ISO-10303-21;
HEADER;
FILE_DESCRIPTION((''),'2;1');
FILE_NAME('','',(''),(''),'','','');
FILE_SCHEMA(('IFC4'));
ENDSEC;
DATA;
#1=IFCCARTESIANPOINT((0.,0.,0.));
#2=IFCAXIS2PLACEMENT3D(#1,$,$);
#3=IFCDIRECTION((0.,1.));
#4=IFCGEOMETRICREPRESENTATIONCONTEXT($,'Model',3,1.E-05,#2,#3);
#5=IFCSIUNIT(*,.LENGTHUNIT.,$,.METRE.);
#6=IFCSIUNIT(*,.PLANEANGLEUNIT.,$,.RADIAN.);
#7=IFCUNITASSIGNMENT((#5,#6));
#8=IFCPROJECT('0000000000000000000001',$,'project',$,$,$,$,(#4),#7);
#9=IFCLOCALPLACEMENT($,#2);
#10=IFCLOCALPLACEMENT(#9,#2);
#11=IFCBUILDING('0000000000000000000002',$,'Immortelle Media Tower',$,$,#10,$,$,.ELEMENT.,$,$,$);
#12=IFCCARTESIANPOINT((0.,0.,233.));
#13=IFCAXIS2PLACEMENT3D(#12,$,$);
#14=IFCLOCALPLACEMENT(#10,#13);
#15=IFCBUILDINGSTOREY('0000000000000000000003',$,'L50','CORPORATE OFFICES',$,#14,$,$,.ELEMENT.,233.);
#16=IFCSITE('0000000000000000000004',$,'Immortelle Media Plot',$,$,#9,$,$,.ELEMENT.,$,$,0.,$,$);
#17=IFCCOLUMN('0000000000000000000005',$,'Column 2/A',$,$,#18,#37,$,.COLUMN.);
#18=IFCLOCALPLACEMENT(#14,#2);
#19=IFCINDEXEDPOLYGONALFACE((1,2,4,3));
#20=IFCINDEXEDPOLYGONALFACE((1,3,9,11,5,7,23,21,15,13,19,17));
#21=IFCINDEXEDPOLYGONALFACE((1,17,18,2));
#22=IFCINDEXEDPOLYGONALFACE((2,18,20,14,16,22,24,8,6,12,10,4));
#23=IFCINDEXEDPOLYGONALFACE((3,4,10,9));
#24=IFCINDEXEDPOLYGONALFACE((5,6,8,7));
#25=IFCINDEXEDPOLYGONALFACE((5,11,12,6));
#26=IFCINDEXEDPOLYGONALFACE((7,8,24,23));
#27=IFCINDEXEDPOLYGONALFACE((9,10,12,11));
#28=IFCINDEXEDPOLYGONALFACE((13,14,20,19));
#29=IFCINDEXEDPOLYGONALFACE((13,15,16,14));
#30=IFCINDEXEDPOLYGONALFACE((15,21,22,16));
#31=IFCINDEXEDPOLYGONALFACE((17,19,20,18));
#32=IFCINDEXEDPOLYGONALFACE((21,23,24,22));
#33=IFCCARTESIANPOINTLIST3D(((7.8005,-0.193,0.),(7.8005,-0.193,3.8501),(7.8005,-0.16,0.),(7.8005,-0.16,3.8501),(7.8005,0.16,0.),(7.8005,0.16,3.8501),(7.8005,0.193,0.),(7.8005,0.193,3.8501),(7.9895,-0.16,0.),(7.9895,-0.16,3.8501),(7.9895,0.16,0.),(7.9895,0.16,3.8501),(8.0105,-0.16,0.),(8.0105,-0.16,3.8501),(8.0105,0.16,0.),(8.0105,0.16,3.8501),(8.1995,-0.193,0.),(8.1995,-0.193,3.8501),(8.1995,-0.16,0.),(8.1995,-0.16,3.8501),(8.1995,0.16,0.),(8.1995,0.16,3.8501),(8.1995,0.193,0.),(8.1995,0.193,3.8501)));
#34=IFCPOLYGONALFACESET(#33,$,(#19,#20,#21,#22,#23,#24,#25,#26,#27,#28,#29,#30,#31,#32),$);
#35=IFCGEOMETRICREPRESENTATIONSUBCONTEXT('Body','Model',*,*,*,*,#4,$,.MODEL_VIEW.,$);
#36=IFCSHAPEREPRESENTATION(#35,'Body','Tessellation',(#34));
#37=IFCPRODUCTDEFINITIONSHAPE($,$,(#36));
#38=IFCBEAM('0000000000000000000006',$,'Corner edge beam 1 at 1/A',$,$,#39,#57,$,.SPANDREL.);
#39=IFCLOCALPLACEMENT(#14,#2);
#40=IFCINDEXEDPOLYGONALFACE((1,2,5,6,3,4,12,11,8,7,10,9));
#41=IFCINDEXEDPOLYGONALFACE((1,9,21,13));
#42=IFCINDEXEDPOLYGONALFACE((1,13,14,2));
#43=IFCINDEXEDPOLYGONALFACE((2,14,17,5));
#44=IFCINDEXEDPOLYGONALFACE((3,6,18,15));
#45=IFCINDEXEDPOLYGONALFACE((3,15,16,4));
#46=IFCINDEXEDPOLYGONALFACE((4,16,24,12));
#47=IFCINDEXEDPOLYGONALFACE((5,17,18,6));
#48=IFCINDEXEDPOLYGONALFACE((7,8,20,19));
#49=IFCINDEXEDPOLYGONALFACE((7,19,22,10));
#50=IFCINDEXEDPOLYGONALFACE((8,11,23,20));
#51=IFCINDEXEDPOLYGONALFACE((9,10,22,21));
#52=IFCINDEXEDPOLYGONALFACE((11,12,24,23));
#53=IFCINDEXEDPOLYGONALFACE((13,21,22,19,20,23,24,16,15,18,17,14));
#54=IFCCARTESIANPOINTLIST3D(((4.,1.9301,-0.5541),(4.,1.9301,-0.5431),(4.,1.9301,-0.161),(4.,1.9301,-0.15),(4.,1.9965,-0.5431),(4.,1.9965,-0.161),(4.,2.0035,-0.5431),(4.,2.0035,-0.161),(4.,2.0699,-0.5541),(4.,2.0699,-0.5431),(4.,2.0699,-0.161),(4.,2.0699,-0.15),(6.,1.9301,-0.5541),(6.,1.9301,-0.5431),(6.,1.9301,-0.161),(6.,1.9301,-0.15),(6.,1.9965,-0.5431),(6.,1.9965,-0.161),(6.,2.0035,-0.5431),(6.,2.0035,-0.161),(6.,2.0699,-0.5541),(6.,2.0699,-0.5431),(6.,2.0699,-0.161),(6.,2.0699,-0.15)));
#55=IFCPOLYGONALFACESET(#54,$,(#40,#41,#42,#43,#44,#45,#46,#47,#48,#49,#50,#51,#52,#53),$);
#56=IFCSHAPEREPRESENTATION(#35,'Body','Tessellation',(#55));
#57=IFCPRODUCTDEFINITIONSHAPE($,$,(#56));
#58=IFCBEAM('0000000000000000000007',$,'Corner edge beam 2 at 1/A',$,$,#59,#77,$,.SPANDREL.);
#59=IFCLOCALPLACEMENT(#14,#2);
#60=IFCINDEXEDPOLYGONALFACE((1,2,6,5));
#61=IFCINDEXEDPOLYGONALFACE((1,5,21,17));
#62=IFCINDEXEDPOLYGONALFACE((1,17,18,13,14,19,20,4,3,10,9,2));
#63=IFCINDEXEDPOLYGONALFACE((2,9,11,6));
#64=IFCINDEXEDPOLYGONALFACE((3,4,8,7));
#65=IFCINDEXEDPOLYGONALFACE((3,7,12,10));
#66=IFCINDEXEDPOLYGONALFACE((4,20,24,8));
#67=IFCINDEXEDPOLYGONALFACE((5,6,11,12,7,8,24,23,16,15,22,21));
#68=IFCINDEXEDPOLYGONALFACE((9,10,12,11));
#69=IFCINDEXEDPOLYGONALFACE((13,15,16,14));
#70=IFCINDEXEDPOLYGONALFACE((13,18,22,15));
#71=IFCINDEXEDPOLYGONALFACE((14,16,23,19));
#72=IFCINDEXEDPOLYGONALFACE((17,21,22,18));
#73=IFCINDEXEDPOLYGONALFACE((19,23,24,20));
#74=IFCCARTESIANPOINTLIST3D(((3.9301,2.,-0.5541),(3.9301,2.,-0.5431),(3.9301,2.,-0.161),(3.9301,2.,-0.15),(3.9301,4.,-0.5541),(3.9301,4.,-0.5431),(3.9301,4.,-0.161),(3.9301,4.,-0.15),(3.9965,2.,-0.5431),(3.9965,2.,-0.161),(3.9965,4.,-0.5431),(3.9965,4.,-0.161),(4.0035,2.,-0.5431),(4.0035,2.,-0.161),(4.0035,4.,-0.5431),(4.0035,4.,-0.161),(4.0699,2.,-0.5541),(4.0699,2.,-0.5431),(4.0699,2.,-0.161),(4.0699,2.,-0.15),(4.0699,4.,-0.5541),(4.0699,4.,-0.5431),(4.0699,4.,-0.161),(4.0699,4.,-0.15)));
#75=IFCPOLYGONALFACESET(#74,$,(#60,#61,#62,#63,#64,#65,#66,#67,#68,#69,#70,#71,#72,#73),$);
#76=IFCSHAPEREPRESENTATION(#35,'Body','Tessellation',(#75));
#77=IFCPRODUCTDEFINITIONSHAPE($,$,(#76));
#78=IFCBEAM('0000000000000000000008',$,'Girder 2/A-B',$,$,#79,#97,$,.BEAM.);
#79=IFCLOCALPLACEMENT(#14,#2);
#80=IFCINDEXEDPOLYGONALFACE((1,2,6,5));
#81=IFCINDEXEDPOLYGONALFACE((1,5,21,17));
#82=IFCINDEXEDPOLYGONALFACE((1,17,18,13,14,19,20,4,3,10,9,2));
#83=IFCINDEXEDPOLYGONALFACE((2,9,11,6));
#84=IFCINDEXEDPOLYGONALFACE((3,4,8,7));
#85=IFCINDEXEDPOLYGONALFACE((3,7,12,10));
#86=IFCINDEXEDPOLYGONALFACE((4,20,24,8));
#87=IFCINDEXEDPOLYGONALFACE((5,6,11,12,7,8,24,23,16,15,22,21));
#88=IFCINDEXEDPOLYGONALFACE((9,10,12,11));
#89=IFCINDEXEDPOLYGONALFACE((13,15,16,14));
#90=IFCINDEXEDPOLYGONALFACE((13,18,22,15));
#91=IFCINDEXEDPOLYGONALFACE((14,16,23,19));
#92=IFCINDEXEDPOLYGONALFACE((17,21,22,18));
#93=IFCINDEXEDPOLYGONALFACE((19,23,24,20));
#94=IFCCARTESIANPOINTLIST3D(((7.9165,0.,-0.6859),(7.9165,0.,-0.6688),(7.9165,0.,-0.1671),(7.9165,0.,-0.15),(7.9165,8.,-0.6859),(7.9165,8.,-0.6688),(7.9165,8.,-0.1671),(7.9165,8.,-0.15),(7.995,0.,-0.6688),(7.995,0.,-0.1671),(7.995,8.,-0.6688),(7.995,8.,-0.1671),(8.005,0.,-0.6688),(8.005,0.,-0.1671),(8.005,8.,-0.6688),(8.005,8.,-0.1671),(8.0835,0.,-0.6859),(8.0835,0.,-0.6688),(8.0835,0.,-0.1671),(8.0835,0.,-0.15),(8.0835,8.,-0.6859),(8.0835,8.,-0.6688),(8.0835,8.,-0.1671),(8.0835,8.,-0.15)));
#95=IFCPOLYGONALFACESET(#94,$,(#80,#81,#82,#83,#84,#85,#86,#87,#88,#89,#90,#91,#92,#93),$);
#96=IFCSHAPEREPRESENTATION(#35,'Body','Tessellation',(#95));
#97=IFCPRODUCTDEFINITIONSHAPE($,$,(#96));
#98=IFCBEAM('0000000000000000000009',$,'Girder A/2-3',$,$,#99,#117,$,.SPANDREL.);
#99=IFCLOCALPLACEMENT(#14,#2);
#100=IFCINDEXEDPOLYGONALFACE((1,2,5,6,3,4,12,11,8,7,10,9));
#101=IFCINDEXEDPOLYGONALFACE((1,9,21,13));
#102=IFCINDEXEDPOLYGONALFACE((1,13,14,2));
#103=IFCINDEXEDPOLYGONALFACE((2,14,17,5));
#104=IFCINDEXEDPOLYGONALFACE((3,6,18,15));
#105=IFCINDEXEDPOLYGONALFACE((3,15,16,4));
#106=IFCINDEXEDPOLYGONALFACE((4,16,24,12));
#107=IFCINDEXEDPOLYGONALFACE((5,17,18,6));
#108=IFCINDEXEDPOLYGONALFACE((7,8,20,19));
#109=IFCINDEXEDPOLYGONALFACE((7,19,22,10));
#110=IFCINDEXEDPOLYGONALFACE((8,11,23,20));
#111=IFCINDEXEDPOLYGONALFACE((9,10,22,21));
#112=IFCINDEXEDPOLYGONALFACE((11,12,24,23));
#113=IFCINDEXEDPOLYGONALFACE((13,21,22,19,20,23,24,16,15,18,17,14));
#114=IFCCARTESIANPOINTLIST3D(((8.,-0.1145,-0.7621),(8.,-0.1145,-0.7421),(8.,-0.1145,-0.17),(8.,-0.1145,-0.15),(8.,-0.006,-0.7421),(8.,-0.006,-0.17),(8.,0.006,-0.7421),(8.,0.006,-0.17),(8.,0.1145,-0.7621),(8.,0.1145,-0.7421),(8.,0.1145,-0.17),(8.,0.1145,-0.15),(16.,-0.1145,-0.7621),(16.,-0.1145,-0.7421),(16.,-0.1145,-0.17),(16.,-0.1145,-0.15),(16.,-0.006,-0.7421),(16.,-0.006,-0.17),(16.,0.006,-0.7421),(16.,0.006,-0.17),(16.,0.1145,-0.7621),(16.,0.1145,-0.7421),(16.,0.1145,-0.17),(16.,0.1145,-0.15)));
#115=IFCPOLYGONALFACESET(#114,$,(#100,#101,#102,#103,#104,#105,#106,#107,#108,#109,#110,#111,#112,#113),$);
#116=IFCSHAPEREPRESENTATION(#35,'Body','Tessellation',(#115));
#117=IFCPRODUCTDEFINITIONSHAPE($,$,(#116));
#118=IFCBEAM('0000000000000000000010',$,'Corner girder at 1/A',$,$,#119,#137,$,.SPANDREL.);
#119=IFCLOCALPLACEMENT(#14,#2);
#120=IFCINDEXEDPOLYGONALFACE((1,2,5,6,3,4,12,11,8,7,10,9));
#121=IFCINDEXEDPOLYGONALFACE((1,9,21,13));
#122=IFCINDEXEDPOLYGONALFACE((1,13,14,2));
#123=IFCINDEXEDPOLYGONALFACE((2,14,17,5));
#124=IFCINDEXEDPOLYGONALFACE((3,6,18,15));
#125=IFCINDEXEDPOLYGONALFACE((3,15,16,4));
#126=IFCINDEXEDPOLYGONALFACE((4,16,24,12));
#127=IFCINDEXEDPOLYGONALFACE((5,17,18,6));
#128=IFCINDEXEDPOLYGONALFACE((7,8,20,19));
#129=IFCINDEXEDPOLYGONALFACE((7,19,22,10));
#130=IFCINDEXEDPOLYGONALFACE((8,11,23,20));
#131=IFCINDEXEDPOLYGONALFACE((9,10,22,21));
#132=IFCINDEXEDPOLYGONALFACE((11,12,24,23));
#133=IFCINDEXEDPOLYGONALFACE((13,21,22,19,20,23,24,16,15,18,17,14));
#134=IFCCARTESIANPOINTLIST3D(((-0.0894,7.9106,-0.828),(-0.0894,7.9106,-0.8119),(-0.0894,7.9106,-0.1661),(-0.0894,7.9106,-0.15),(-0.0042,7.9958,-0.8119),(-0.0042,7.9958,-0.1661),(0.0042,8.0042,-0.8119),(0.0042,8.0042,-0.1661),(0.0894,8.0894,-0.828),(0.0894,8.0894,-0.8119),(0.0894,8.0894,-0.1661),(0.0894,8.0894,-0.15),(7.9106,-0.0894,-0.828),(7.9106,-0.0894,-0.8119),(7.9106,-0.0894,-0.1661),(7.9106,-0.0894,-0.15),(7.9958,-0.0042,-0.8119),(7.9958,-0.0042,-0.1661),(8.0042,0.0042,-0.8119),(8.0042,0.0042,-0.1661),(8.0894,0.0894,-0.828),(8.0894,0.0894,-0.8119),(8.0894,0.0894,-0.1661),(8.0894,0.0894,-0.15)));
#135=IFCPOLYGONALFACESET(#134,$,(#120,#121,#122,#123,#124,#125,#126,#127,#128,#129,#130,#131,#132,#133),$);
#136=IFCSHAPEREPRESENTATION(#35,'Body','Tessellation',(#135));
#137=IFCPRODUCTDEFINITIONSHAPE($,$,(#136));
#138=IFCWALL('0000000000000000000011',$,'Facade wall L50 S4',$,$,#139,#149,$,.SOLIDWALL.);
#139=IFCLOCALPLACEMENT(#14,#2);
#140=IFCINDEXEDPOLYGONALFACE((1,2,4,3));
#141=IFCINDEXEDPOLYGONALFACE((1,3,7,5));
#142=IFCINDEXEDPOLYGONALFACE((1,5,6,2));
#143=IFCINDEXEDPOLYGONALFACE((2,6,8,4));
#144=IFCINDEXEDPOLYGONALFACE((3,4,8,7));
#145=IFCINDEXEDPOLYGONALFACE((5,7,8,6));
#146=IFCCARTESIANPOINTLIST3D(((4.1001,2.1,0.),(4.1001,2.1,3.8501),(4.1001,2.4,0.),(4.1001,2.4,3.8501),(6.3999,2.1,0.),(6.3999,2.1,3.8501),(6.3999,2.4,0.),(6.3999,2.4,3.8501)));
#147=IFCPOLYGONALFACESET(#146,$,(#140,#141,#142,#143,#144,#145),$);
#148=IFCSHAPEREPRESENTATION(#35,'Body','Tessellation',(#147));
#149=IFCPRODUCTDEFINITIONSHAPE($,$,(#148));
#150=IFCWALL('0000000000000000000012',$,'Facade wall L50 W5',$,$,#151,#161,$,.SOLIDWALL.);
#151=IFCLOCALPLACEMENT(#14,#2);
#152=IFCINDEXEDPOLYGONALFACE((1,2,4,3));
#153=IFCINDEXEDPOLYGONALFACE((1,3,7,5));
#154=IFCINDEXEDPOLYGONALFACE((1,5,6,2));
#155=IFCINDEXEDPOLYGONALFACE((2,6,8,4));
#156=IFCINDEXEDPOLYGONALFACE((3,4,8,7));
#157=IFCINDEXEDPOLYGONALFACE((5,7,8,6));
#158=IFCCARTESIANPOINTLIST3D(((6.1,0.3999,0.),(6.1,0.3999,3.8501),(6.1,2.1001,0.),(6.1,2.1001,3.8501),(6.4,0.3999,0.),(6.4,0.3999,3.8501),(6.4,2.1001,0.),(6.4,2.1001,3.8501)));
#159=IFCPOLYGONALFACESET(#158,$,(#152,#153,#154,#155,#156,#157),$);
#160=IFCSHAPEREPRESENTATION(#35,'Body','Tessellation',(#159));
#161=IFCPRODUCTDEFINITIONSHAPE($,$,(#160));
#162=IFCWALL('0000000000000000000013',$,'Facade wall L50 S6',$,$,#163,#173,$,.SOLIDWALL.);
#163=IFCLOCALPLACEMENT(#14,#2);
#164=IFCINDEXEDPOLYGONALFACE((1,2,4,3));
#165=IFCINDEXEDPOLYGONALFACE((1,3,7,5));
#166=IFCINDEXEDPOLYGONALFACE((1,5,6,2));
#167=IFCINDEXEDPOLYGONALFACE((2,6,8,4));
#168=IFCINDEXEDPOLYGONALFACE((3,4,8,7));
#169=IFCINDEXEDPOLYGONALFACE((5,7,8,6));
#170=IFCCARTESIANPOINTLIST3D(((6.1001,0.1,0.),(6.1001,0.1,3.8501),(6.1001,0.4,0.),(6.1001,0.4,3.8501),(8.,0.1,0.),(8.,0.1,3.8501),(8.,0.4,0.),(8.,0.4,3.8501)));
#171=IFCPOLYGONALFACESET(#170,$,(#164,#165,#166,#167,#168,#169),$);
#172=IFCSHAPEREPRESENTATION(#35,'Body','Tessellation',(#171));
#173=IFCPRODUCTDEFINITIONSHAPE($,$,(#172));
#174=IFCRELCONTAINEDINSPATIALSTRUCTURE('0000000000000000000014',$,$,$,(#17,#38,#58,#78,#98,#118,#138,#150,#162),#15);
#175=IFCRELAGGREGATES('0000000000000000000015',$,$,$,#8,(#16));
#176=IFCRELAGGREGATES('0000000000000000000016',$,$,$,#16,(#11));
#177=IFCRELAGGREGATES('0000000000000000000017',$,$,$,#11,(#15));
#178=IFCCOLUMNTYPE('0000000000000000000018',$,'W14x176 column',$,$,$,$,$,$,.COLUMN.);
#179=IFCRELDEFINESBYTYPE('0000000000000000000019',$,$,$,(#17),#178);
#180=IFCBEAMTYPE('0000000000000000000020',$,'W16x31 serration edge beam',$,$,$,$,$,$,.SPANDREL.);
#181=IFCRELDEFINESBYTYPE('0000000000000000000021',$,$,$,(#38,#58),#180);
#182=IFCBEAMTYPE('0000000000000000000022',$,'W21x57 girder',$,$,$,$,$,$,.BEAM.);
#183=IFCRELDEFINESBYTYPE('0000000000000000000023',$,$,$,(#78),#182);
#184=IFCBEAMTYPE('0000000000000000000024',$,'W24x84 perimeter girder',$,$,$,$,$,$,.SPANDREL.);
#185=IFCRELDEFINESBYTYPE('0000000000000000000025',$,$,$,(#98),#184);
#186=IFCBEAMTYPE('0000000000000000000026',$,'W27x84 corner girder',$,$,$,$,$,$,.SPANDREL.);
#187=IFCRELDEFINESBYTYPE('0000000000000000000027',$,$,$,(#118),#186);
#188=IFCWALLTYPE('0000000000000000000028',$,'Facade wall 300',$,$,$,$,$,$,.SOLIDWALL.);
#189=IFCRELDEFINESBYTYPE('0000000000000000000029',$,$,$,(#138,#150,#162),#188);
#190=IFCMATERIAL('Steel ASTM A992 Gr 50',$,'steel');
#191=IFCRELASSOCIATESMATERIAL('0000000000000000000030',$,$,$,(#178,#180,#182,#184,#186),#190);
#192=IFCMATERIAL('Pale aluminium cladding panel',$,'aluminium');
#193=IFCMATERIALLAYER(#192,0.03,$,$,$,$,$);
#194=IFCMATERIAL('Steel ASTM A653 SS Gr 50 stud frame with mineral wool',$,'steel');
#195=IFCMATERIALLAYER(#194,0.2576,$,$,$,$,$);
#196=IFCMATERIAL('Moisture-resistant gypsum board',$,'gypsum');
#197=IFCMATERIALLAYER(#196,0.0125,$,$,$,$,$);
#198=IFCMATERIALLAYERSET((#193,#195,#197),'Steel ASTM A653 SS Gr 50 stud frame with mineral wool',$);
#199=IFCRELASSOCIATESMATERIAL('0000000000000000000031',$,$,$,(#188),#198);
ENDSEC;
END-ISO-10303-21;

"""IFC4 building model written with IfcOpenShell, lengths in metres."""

from ifc_helpers import new_model, si_unit, direction, frame, frame_2d, origin, origin_2d, place, context, subcontext, project, spatial, rectangle, i_section, extrude, material, layer, layer_set, material_profile, profile_set, type_object, element, save


model = new_model("IFC4")

# Units and contexts
model_context = context("Model", 3, precision=1e-05, world=origin(), true_north=direction((0.0, 1.0)))
body_context = subcontext(model_context, "Body", "Model", "MODEL_VIEW")
ifc_project = project(units=[si_unit("LENGTHUNIT", "METRE"), si_unit("PLANEANGLEUNIT", "RADIAN")], contexts=[model_context])

# Site, building, storey
site_placement = place(None, origin())
site = spatial("IfcSite", under=ifc_project, at=site_placement, Name="Immortelle Media Plot", CompositionType="ELEMENT", RefElevation=0.0)
building_placement = place(site_placement, origin())
building = spatial("IfcBuilding", under=site, at=building_placement, Name="Immortelle Media Tower", CompositionType="ELEMENT")
storey_placement = place(building_placement, frame((0.0, 0.0, 233.0)))
storey = spatial("IfcBuildingStorey", under=building, at=storey_placement, Name="L50", Description="CORPORATE OFFICES", CompositionType="ELEMENT", Elevation=233.0)

# Column
ifc_material_1 = material(Name="Steel ASTM A992 Gr 50", Category="steel")
ifc_material_profile_1 = material_profile(ifc_material_1, i_section(OverallWidth=0.3989, OverallDepth=0.386, WebThickness=0.021, FlangeThickness=0.033, at=origin_2d()), Name="W14x176")
ifc_profile_set_1 = profile_set([ifc_material_profile_1], Name="Steel ASTM A992 Gr 50")
column_type = type_object("IfcColumnType", Name="W14x176 column", PredefinedType="COLUMN", material=ifc_profile_set_1)
column_placement = place(storey_placement, frame((8.0, 0.0, 0.0), z_axis=(0.0, 0.0, 1.0), x_axis=(1.0, 0.0, 0.0)))
element("IfcColumn", 1, at=column_placement, inside=storey, type_object=column_type, Name="Column 2/A", PredefinedType="COLUMN", context=body_context, shape_type="SweptSolid", body=[
    extrude(i_section(OverallWidth=0.3989, OverallDepth=0.386, WebThickness=0.021, FlangeThickness=0.033, at=origin_2d()), origin(), (0.0, 0.0, 1.0), 3.8501),
])

# Beams
ifc_material_profile_2 = material_profile(ifc_material_1, i_section(OverallWidth=0.1399, OverallDepth=0.4041, WebThickness=0.0071, FlangeThickness=0.011, at=origin_2d()), Name="W16x31")
ifc_profile_set_2 = profile_set([ifc_material_profile_2], Name="Steel ASTM A992 Gr 50")
beam_type_1 = type_object("IfcBeamType", Name="W16x31 serration edge beam", PredefinedType="SPANDREL", material=ifc_profile_set_2)
for number, where, z_axis, x_axis, name in (
    (2, (6.0, 2.0, -0.3521), (-1.0, 0.0, 0.0), (0.0, -1.0, 0.0), "Corner edge beam 1 at 1/A"),
    (3, (4.0, 2.0, -0.3521), (0.0, 1.0, 0.0), (-1.0, 0.0, 0.0), "Corner edge beam 2 at 1/A"),
):
    element("IfcBeam", number, at=place(storey_placement, frame(where, z_axis=z_axis, x_axis=x_axis)), inside=storey, type_object=beam_type_1, Name=name, PredefinedType="SPANDREL", context=body_context, shape_type="SweptSolid", body=[
        extrude(i_section(OverallWidth=0.1399, OverallDepth=0.4041, WebThickness=0.0071, FlangeThickness=0.011, at=origin_2d()), origin(), (0.0, 0.0, 1.0), 2.0),
    ])
ifc_material_profile_3 = material_profile(ifc_material_1, i_section(OverallWidth=0.167, OverallDepth=0.5359, WebThickness=0.01, FlangeThickness=0.0171, at=origin_2d()), Name="W21x57")
ifc_profile_set_3 = profile_set([ifc_material_profile_3], Name="Steel ASTM A992 Gr 50")
beam_type_2 = type_object("IfcBeamType", Name="W21x57 girder", PredefinedType="BEAM", material=ifc_profile_set_3)
beam_1_placement = place(storey_placement, frame((8.0, 0.0, -0.418), z_axis=(0.0, 1.0, 0.0), x_axis=(-1.0, 0.0, 0.0)))
element("IfcBeam", 4, at=beam_1_placement, inside=storey, type_object=beam_type_2, Name="Girder 2/A-B", PredefinedType="BEAM", context=body_context, shape_type="SweptSolid", body=[
    extrude(i_section(OverallWidth=0.167, OverallDepth=0.5359, WebThickness=0.01, FlangeThickness=0.0171, at=origin_2d()), origin(), (0.0, 0.0, 1.0), 8.0),
])
ifc_material_profile_4 = material_profile(ifc_material_1, i_section(OverallWidth=0.229, OverallDepth=0.6121, WebThickness=0.012, FlangeThickness=0.02, at=origin_2d()), Name="W24x84")
ifc_profile_set_4 = profile_set([ifc_material_profile_4], Name="Steel ASTM A992 Gr 50")
beam_type_3 = type_object("IfcBeamType", Name="W24x84 perimeter girder", PredefinedType="SPANDREL", material=ifc_profile_set_4)
beam_2_placement = place(storey_placement, frame((8.0, 0.0, -0.4561), z_axis=(1.0, 0.0, 0.0), x_axis=(0.0, 1.0, 0.0)))
element("IfcBeam", 5, at=beam_2_placement, inside=storey, type_object=beam_type_3, Name="Girder A/2-3", PredefinedType="SPANDREL", context=body_context, shape_type="SweptSolid", body=[
    extrude(i_section(OverallWidth=0.229, OverallDepth=0.6121, WebThickness=0.012, FlangeThickness=0.02, at=origin_2d()), origin(), (0.0, 0.0, 1.0), 8.0),
])
ifc_material_profile_5 = material_profile(ifc_material_1, i_section(OverallWidth=0.2529, OverallDepth=0.678, WebThickness=0.012, FlangeThickness=0.0161, at=origin_2d()), Name="W27x84")
ifc_profile_set_5 = profile_set([ifc_material_profile_5], Name="Steel ASTM A992 Gr 50")
beam_type_4 = type_object("IfcBeamType", Name="W27x84 corner girder", PredefinedType="SPANDREL", material=ifc_profile_set_5)
beam_3_placement = place(storey_placement, frame((8.0, 0.0, -0.489), z_axis=(-0.707107, 0.707107, 0.0), x_axis=(-0.707107, -0.707107, 0.0)))
element("IfcBeam", 6, at=beam_3_placement, inside=storey, type_object=beam_type_4, Name="Corner girder at 1/A", PredefinedType="SPANDREL", context=body_context, shape_type="SweptSolid", body=[
    extrude(i_section(OverallWidth=0.2529, OverallDepth=0.678, WebThickness=0.012, FlangeThickness=0.0161, at=origin_2d()), origin(), (0.0, 0.0, 1.0), 11.3137),
])

# Walls
ifc_material_2 = material(Name="Pale aluminium cladding panel", Category="aluminium")
ifc_layer_1 = layer(ifc_material_2, 0.03)
ifc_material_3 = material(Name="Steel ASTM A653 SS Gr 50 stud frame with mineral wool", Category="steel")
ifc_layer_2 = layer(ifc_material_3, 0.2576)
ifc_material_4 = material(Name="Moisture-resistant gypsum board", Category="gypsum")
ifc_layer_3 = layer(ifc_material_4, 0.0125)
ifc_layer_set = layer_set([ifc_layer_1, ifc_layer_2, ifc_layer_3], Name="Steel ASTM A653 SS Gr 50 stud frame with mineral wool")
wall_type = type_object("IfcWallType", Name="Facade wall 300", PredefinedType="SOLIDWALL", material=ifc_layer_set)
wall_1_placement = place(storey_placement, frame((4.1001, 2.25, 0.0), z_axis=(0.0, 0.0, 1.0), x_axis=(1.0, 0.0, 0.0)))
element("IfcWall", 7, at=wall_1_placement, inside=storey, type_object=wall_type, Name="Facade wall L50 S4", PredefinedType="SOLIDWALL", context=body_context, shape_type="SweptSolid", body=[
    extrude(rectangle(XDim=2.2998, YDim=0.3, at=frame_2d((1.1499, 0.0))), origin(), (0.0, 0.0, 1.0), 3.8501),
])
wall_2_placement = place(storey_placement, frame((6.25, 2.1001, 0.0), z_axis=(0.0, 0.0, 1.0), x_axis=(0.0, -1.0, 0.0)))
element("IfcWall", 8, at=wall_2_placement, inside=storey, type_object=wall_type, Name="Facade wall L50 W5", PredefinedType="SOLIDWALL", context=body_context, shape_type="SweptSolid", body=[
    extrude(rectangle(XDim=1.7002, YDim=0.3, at=frame_2d((0.8501, 0.0))), origin(), (0.0, 0.0, 1.0), 3.8501),
])
wall_3_placement = place(storey_placement, frame((6.1001, 0.25, 0.0), z_axis=(0.0, 0.0, 1.0), x_axis=(1.0, 0.0, 0.0)))
element("IfcWall", 9, at=wall_3_placement, inside=storey, type_object=wall_type, Name="Facade wall L50 S6", PredefinedType="SOLIDWALL", context=body_context, shape_type="SweptSolid", body=[
    extrude(rectangle(XDim=1.8999, YDim=0.3, at=frame_2d((0.95, 0.0))), origin(), (0.0, 0.0, 1.0), 3.8501),
])

save(model, "model.ifc")
